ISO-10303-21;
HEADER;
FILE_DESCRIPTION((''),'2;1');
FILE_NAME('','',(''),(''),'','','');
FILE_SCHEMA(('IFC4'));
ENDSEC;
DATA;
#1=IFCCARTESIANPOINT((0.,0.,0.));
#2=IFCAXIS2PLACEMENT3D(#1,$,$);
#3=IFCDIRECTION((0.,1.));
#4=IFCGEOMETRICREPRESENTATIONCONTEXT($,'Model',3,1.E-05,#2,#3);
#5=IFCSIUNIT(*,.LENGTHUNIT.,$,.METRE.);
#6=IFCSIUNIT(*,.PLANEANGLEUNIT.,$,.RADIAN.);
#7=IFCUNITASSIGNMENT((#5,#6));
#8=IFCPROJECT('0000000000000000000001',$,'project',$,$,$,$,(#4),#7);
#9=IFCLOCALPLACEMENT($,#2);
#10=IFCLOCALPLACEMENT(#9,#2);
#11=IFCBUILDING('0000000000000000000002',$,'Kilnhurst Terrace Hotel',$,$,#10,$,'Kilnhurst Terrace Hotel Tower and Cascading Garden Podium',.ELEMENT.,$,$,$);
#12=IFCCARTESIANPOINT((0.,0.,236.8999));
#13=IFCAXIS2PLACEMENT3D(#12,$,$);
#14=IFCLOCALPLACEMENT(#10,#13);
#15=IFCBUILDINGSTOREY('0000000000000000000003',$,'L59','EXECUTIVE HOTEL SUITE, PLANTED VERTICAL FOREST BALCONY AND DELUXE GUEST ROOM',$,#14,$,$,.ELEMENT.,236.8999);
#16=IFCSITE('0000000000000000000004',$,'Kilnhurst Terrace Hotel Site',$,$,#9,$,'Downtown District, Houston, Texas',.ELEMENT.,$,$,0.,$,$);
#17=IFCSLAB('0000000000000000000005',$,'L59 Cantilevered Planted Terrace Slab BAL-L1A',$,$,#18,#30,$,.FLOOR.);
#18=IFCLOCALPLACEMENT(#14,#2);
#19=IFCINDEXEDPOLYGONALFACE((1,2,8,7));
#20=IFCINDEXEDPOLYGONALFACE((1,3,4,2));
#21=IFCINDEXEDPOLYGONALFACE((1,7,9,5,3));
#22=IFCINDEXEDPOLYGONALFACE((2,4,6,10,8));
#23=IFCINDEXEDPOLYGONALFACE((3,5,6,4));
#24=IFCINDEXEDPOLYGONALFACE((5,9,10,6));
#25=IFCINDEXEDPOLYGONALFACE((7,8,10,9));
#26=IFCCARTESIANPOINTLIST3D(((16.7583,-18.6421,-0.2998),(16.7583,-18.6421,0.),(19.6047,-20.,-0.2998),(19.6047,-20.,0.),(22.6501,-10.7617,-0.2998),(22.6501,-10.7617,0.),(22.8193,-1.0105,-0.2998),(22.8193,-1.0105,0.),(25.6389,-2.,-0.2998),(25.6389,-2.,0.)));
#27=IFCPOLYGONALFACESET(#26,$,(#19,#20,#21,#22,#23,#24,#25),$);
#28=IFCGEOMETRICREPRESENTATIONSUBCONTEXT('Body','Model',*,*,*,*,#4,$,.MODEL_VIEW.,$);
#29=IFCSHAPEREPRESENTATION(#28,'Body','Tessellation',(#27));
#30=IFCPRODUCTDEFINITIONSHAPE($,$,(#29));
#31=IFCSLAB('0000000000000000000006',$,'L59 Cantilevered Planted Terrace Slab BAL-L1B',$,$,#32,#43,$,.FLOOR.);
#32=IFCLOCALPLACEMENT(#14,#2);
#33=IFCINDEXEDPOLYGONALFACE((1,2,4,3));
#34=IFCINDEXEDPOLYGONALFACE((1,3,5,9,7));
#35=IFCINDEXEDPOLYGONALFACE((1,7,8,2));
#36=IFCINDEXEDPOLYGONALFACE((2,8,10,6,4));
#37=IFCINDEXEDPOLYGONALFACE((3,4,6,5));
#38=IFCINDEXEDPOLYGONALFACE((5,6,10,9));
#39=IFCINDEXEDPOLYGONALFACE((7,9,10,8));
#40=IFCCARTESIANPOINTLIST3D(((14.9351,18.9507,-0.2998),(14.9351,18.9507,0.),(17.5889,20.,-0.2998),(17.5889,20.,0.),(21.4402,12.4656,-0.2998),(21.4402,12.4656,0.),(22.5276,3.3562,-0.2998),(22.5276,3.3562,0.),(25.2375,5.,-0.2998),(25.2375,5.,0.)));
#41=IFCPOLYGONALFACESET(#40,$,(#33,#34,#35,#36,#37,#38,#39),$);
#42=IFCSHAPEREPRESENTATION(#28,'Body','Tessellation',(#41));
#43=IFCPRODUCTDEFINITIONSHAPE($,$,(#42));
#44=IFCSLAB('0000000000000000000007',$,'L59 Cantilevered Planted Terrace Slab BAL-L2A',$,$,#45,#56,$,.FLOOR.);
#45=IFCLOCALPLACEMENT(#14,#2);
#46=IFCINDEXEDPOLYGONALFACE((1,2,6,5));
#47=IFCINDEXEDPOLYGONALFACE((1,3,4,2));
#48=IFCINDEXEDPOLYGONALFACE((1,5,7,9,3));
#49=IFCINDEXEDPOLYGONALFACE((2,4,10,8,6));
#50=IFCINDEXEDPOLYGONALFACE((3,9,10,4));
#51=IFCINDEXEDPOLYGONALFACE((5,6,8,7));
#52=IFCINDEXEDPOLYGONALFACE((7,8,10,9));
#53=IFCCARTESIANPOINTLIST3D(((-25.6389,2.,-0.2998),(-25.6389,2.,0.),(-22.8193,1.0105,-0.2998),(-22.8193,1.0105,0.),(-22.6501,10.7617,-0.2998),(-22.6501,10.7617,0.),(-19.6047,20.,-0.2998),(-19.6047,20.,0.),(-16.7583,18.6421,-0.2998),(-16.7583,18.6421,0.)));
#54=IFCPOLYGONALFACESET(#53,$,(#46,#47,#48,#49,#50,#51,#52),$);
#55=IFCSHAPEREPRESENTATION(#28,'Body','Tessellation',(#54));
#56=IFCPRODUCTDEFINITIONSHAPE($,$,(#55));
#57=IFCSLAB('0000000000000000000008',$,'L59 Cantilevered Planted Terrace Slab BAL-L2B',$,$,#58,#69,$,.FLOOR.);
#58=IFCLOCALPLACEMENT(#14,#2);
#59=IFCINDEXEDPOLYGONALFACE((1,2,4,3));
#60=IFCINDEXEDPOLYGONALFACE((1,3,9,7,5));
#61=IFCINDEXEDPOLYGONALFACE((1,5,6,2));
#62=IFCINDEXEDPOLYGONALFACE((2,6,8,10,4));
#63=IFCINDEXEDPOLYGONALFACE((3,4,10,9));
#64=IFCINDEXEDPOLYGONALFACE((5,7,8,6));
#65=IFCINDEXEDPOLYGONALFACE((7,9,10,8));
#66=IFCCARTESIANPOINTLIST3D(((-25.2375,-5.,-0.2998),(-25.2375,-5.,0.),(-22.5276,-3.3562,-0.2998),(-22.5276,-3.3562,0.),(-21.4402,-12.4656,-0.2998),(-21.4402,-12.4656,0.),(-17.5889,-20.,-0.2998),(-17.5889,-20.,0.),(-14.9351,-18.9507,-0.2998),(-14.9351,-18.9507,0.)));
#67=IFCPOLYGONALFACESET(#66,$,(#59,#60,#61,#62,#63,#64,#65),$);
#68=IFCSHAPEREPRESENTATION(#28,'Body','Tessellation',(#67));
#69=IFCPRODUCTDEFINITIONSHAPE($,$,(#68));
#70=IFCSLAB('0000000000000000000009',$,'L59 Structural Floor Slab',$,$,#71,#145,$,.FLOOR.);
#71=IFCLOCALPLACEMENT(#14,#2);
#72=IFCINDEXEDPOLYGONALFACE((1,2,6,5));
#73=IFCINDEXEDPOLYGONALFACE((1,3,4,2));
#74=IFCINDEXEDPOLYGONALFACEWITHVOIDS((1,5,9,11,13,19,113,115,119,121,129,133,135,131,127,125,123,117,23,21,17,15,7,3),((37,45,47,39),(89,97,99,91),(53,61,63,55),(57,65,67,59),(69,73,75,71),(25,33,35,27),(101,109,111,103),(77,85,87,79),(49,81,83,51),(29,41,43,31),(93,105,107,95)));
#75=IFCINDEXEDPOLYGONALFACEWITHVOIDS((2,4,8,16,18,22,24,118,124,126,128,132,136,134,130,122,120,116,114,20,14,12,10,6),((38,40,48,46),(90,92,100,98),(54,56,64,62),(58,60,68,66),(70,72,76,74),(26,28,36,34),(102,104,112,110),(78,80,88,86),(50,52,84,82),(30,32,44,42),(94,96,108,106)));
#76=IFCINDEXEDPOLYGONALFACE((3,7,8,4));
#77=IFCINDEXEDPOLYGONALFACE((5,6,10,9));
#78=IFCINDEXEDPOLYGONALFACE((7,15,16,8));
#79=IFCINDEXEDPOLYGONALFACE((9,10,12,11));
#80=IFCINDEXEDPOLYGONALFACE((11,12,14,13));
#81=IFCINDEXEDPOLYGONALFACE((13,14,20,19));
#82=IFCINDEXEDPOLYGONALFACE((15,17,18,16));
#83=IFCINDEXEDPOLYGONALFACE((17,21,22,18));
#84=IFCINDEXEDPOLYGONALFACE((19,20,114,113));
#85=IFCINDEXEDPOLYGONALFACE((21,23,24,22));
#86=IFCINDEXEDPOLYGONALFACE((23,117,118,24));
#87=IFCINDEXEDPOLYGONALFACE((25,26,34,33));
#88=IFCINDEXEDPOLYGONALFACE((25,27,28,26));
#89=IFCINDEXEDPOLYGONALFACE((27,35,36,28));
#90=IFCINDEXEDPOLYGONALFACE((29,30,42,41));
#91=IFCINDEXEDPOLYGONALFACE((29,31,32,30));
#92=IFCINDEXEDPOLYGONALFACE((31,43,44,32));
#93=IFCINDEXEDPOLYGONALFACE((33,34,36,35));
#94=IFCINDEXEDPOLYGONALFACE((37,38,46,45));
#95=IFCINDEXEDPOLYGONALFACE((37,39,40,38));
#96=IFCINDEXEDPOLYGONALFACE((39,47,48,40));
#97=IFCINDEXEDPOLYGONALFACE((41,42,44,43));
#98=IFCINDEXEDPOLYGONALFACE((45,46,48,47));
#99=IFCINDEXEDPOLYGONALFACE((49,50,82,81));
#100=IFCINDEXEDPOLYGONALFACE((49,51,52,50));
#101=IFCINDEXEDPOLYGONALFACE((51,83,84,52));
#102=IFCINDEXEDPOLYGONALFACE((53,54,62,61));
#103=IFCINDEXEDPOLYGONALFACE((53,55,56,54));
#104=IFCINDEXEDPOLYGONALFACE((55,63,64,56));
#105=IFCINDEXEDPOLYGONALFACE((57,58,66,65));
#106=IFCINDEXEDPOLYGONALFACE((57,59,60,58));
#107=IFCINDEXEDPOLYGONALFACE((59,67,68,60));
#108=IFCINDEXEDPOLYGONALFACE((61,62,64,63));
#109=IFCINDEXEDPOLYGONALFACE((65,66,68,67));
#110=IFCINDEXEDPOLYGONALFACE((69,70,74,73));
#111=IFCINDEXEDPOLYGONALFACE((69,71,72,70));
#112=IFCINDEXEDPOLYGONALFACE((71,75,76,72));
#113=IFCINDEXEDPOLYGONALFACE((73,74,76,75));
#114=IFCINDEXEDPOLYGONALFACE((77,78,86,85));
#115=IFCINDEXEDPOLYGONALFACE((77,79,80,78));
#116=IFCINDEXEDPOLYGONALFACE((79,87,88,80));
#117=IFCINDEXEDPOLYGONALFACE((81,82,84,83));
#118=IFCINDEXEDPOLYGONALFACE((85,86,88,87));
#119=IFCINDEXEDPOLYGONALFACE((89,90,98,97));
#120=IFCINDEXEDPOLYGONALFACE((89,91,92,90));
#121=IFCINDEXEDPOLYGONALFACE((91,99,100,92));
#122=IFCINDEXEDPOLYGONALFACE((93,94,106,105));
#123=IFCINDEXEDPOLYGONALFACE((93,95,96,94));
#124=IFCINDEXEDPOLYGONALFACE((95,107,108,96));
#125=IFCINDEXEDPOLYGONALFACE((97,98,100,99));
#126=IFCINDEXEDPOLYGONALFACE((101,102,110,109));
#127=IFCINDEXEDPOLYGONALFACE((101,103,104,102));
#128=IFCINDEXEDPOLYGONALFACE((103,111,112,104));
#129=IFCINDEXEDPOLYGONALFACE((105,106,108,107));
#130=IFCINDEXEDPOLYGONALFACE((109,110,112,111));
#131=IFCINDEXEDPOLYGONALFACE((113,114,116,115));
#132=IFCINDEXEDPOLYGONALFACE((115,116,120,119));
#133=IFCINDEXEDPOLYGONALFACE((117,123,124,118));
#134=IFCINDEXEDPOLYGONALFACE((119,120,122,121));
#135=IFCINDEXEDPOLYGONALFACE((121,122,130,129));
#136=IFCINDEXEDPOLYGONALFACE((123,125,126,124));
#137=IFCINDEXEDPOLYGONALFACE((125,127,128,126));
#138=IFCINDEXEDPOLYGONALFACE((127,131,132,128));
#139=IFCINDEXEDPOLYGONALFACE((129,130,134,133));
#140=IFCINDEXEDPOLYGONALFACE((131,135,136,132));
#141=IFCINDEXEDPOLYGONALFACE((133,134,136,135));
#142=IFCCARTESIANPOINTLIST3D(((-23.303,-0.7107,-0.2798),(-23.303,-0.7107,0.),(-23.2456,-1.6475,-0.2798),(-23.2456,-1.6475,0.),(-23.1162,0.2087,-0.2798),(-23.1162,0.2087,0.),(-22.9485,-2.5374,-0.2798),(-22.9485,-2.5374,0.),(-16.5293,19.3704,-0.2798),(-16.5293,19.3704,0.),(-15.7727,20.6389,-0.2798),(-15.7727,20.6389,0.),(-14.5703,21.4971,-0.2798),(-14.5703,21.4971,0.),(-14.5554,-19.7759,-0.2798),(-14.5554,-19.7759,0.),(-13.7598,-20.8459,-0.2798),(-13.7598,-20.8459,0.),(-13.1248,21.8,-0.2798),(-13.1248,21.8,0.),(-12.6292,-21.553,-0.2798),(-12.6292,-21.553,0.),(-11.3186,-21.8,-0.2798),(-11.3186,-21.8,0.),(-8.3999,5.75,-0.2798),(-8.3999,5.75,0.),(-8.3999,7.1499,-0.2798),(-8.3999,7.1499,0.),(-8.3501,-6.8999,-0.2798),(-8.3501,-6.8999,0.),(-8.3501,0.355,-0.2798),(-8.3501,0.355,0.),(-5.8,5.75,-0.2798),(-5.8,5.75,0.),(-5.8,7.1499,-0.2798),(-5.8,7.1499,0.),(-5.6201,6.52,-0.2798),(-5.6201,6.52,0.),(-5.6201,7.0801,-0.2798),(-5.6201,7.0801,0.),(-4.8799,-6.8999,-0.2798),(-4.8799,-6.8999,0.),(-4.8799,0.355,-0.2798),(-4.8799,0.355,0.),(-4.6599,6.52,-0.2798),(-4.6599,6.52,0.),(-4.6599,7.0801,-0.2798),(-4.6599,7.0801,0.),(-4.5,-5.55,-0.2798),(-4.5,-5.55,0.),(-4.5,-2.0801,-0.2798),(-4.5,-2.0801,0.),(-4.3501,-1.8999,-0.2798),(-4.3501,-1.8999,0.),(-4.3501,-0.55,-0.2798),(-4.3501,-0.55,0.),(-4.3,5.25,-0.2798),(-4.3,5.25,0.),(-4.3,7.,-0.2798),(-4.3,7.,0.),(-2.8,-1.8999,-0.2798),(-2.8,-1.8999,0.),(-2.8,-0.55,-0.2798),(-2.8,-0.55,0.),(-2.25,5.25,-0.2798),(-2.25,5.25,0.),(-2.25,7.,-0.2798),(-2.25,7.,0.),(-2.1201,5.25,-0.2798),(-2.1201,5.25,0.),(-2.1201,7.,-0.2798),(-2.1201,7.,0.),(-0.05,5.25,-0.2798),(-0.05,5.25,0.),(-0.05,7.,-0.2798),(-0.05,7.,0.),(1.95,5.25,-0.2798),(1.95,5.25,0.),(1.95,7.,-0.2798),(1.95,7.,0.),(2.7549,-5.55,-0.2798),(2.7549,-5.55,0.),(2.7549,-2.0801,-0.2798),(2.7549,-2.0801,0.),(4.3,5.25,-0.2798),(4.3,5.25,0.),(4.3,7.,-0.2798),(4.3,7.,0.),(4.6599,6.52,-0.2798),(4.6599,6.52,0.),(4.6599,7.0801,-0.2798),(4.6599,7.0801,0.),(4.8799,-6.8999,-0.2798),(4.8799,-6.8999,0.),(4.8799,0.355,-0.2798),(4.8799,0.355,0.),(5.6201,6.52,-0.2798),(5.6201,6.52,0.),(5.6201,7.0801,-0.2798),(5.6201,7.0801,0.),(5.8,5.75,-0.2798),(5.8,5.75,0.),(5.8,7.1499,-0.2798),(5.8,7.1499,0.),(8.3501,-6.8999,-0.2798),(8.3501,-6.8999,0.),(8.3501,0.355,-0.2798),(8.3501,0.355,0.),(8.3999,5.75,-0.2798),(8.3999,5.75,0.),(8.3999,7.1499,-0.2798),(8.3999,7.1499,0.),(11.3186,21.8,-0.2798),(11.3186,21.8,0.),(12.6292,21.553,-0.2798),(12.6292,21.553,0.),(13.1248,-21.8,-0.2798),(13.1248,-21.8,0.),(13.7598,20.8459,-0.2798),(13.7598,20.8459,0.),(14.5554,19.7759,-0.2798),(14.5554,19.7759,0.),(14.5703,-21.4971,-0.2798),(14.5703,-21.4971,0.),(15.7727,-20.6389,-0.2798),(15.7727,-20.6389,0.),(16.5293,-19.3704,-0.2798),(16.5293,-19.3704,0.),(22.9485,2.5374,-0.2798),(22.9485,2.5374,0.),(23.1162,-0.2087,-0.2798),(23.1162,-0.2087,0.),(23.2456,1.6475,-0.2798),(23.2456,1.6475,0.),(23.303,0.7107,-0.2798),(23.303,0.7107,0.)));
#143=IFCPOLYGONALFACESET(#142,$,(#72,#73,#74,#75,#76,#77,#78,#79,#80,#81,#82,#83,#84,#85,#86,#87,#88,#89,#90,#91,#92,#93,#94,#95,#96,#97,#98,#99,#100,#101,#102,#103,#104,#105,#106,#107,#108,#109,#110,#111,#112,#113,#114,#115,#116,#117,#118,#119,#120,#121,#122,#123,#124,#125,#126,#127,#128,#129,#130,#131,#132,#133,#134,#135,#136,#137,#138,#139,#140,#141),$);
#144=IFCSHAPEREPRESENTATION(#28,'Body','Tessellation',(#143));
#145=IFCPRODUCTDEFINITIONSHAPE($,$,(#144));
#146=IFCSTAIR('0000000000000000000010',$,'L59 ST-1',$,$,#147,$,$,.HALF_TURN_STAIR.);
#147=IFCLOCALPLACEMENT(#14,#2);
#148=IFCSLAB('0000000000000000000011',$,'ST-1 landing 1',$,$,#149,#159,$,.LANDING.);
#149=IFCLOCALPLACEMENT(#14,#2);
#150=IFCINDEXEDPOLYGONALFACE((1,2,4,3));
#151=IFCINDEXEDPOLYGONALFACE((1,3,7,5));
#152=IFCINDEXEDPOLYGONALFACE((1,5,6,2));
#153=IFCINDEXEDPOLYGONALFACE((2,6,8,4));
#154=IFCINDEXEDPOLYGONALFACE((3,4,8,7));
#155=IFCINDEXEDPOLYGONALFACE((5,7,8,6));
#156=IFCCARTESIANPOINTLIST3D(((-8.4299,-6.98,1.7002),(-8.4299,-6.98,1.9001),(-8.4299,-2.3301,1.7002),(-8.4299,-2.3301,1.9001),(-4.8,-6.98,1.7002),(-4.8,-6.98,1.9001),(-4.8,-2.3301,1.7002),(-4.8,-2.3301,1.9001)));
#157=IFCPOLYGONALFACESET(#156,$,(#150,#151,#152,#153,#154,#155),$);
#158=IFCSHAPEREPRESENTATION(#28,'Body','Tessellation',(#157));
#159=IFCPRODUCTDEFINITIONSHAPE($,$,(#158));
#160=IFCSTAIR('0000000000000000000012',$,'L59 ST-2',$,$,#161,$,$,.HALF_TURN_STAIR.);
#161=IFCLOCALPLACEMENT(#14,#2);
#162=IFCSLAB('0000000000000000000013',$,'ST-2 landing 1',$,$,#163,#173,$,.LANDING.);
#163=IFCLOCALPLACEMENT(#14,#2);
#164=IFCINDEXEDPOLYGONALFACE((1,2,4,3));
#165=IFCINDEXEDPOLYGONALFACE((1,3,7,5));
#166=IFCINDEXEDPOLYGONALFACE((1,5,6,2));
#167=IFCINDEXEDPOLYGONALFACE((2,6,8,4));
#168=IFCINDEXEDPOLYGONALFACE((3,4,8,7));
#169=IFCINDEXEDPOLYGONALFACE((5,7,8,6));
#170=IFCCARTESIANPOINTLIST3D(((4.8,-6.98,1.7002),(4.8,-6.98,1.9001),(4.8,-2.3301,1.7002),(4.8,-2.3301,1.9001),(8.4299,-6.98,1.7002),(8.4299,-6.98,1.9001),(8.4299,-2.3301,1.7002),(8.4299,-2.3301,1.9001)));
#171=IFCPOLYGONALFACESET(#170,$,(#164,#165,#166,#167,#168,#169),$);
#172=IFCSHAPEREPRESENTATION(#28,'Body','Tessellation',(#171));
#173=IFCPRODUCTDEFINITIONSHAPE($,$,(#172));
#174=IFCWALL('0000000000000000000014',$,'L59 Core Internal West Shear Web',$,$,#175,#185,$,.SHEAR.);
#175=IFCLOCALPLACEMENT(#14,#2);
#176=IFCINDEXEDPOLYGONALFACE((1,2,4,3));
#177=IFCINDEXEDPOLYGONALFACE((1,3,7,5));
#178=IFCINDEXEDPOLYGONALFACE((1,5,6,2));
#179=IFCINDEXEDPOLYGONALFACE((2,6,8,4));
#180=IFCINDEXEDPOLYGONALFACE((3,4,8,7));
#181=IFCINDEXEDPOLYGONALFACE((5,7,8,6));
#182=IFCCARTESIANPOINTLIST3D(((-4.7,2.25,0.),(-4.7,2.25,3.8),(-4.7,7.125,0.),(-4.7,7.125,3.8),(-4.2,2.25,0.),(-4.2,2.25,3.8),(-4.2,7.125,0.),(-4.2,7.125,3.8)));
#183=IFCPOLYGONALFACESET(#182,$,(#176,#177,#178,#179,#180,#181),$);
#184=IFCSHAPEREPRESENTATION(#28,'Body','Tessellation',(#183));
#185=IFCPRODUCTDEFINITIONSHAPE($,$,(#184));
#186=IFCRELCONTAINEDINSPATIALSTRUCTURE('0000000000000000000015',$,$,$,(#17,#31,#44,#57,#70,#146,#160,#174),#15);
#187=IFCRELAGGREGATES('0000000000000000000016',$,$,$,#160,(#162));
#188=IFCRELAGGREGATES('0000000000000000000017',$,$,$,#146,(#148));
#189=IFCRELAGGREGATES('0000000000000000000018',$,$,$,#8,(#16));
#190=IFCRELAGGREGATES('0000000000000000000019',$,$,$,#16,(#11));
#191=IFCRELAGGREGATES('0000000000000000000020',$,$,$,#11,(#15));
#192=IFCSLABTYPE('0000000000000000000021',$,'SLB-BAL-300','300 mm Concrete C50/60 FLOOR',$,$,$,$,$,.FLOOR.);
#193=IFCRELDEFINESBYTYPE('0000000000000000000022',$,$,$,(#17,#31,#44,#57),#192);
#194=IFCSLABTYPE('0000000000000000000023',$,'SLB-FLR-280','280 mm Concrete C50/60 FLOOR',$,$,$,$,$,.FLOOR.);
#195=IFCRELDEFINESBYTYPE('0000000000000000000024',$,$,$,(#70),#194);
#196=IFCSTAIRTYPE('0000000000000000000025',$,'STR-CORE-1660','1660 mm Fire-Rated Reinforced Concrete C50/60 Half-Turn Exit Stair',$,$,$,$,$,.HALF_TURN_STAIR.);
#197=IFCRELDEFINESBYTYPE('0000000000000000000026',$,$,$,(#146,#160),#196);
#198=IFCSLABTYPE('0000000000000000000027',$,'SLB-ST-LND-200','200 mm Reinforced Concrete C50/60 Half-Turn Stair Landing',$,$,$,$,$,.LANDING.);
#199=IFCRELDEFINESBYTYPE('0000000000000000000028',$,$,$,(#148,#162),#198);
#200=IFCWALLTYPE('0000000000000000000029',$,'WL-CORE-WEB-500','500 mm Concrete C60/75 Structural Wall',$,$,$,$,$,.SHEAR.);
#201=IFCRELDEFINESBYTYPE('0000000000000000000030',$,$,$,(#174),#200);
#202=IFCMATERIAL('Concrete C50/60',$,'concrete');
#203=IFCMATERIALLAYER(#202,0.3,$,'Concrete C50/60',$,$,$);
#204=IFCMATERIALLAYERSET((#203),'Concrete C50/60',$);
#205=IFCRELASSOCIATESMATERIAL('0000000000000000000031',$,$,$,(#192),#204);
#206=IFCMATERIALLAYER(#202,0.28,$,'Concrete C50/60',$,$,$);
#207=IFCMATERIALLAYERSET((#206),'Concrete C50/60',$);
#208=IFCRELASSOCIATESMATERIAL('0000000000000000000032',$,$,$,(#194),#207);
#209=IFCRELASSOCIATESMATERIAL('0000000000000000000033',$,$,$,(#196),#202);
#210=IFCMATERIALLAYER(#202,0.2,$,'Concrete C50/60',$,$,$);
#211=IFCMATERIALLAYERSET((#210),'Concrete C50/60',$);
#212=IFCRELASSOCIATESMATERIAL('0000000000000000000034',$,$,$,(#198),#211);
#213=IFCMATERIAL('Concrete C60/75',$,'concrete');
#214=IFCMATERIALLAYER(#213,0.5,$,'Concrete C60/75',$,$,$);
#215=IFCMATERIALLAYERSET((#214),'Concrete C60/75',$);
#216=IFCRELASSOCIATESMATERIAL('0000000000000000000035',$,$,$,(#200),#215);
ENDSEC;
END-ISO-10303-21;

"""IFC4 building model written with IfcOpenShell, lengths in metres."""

from ifc_helpers import new_model, si_unit, direction, frame, frame_2d, origin, place, context, subcontext, project, spatial, polyline, rectangle, outline, extrude, material, layer, layer_set, type_object, element, aggregate, save


model = new_model("IFC4")

# Units and contexts
model_context = context("Model", 3, precision=1e-05, world=origin(), true_north=direction((0.0, 1.0)))
body_context = subcontext(model_context, "Body", "Model", "MODEL_VIEW")
ifc_project = project(units=[si_unit("LENGTHUNIT", "METRE"), si_unit("PLANEANGLEUNIT", "RADIAN")], contexts=[model_context])

# Site, building, storey
site_placement = place(None, origin())
site = spatial("IfcSite", under=ifc_project, at=site_placement, Name="Kilnhurst Terrace Hotel Site", LongName="Downtown District, Houston, Texas", CompositionType="ELEMENT", RefElevation=0.0)
building_placement = place(site_placement, origin())
building = spatial("IfcBuilding", under=site, at=building_placement, Name="Kilnhurst Terrace Hotel", LongName="Kilnhurst Terrace Hotel Tower and Cascading Garden Podium", CompositionType="ELEMENT")
storey_placement = place(building_placement, frame((0.0, 0.0, 236.8999)))
storey = spatial("IfcBuildingStorey", under=building, at=storey_placement, Name="L59", Description="EXECUTIVE HOTEL SUITE, PLANTED VERTICAL FOREST BALCONY AND DELUXE GUEST ROOM", CompositionType="ELEMENT", Elevation=236.8999)

# Slabs
ifc_material_1 = material(Name="Concrete C50/60", Category="concrete")
ifc_layer_1 = layer(ifc_material_1, 0.3, Name="Concrete C50/60")
ifc_layer_set_1 = layer_set([ifc_layer_1], Name="Concrete C50/60")
slab_type_1 = type_object("IfcSlabType", Name="SLB-BAL-300", Description="300 mm Concrete C50/60 FLOOR", PredefinedType="FLOOR", material=ifc_layer_set_1)
slab_1_placement = place(storey_placement, frame((0.0, 0.0, -0.2998)))
element("IfcSlab", 1, at=slab_1_placement, inside=storey, type_object=slab_type_1, Name="L59 Cantilevered Planted Terrace Slab BAL-L1A", PredefinedType="FLOOR", context=body_context, shape_type="SweptSolid", body=[
    extrude(outline(polyline([(22.6501, -10.7617), (19.6047, -20.0), (16.7583, -18.6421), (22.8193, -1.0105), (25.6389, -2.0), (22.6501, -10.7617)])), origin(), (0.0, 0.0, 1.0), 0.2998),
])
slab_2_placement = place(storey_placement, frame((0.0, 0.0, -0.2998)))
element("IfcSlab", 2, at=slab_2_placement, inside=storey, type_object=slab_type_1, Name="L59 Cantilevered Planted Terrace Slab BAL-L1B", PredefinedType="FLOOR", context=body_context, shape_type="SweptSolid", body=[
    extrude(outline(polyline([(25.2375, 5.0), (22.5276, 3.3562), (14.9351, 18.9507), (17.5889, 20.0), (21.4402, 12.4656), (25.2375, 5.0)])), origin(), (0.0, 0.0, 1.0), 0.2998),
])
slab_3_placement = place(storey_placement, frame((0.0, 0.0, -0.2998)))
element("IfcSlab", 3, at=slab_3_placement, inside=storey, type_object=slab_type_1, Name="L59 Cantilevered Planted Terrace Slab BAL-L2A", PredefinedType="FLOOR", context=body_context, shape_type="SweptSolid", body=[
    extrude(outline(polyline([(-19.6047, 20.0), (-16.7583, 18.6421), (-22.8193, 1.0105), (-25.6389, 2.0), (-22.6501, 10.7617), (-19.6047, 20.0)])), origin(), (0.0, 0.0, 1.0), 0.2998),
])
slab_4_placement = place(storey_placement, frame((0.0, 0.0, -0.2998)))
element("IfcSlab", 4, at=slab_4_placement, inside=storey, type_object=slab_type_1, Name="L59 Cantilevered Planted Terrace Slab BAL-L2B", PredefinedType="FLOOR", context=body_context, shape_type="SweptSolid", body=[
    extrude(outline(polyline([(-25.2375, -5.0), (-22.5276, -3.3562), (-14.9351, -18.9507), (-17.5889, -20.0), (-21.4402, -12.4656), (-25.2375, -5.0)])), origin(), (0.0, 0.0, 1.0), 0.2998),
])
ifc_layer_2 = layer(ifc_material_1, 0.28, Name="Concrete C50/60")
ifc_layer_set_2 = layer_set([ifc_layer_2], Name="Concrete C50/60")
slab_type_2 = type_object("IfcSlabType", Name="SLB-FLR-280", Description="280 mm Concrete C50/60 FLOOR", PredefinedType="FLOOR", material=ifc_layer_set_2)
slab_5_placement = place(storey_placement, frame((0.0, 0.0, -0.2798)))
element("IfcSlab", 5, at=slab_5_placement, inside=storey, type_object=slab_type_2, Name="L59 Structural Floor Slab", PredefinedType="FLOOR", context=body_context, shape_type="SweptSolid", body=[
    extrude(outline(polyline([(-14.5554, -19.7759), (-13.7598, -20.8459), (-12.6292, -21.553), (-11.3186, -21.8), (13.1248, -21.8), (14.5703, -21.4971), (15.7727, -20.6389), (16.5293, -19.3704), (23.1162, -0.2087), (23.303, 0.7107), (23.2456, 1.6475), (22.9485, 2.5374), (14.5554, 19.7759), (13.7598, 20.8459), (12.6292, 21.553), (11.3186, 21.8), (-13.1248, 21.8), (-14.5703, 21.4971), (-15.7727, 20.6389), (-16.5293, 19.3704), (-23.1162, 0.2087), (-23.303, -0.7107), (-23.2456, -1.6475), (-22.9485, -2.5374), (-14.5554, -19.7759)]), holes=[polyline([(-8.3501, 0.355), (-4.8799, 0.355), (-4.8799, -6.8999), (-8.3501, -6.8999), (-8.3501, 0.355)]), polyline([(-2.8, -1.8999), (-4.3501, -1.8999), (-4.3501, -0.55), (-2.8, -0.55), (-2.8, -1.8999)]), polyline([(-2.25, 5.25), (-4.3, 5.25), (-4.3, 7.0), (-2.25, 7.0), (-2.25, 5.25)]), polyline([(-2.1201, 5.25), (-2.1201, 7.0), (-0.05, 7.0), (-0.05, 5.25), (-2.1201, 5.25)]), polyline([(-8.3999, 5.75), (-8.3999, 7.1499), (-5.8, 7.1499), (-5.8, 5.75), (-8.3999, 5.75)]), polyline([(-4.6599, 6.52), (-5.6201, 6.52), (-5.6201, 7.0801), (-4.6599, 7.0801), (-4.6599, 6.52)]), polyline([(2.7549, -5.55), (-4.5, -5.55), (-4.5, -2.0801), (2.7549, -2.0801), (2.7549, -5.55)]), polyline([(8.3501, 0.355), (8.3501, -6.8999), (4.8799, -6.8999), (4.8799, 0.355), (8.3501, 0.355)]), polyline([(4.3, 5.25), (1.95, 5.25), (1.95, 7.0), (4.3, 7.0), (4.3, 5.25)]), polyline([(5.8, 5.75), (5.8, 7.1499), (8.3999, 7.1499), (8.3999, 5.75), (5.8, 5.75)]), polyline([(4.6599, 6.52), (4.6599, 7.0801), (5.6201, 7.0801), (5.6201, 6.52), (4.6599, 6.52)])]), origin(), (0.0, 0.0, 1.0), 0.2798),
])

# Stairs, slabs
stair_type = type_object("IfcStairType", Name="STR-CORE-1660", Description="1660 mm Fire-Rated Reinforced Concrete C50/60 Half-Turn Exit Stair", PredefinedType="HALF_TURN_STAIR", material=ifc_material_1)
stair_1_placement = place(storey_placement, origin())
stair_1 = element("IfcStair", 6, at=stair_1_placement, inside=storey, type_object=stair_type, Name="L59 ST-1", PredefinedType="HALF_TURN_STAIR")
ifc_layer_3 = layer(ifc_material_1, 0.2, Name="Concrete C50/60")
ifc_layer_set_3 = layer_set([ifc_layer_3], Name="Concrete C50/60")
slab_type_3 = type_object("IfcSlabType", Name="SLB-ST-LND-200", Description="200 mm Reinforced Concrete C50/60 Half-Turn Stair Landing", PredefinedType="LANDING", material=ifc_layer_set_3)
slab_6_placement = place(storey_placement, frame((0.0, 0.0, 1.7002)))
slab_6 = element("IfcSlab", 7, at=slab_6_placement, type_object=slab_type_3, Name="ST-1 landing 1", PredefinedType="LANDING", context=body_context, shape_type="SweptSolid", body=[
    extrude(outline(polyline([(-8.4299, -2.3301), (-4.8, -2.3301), (-4.8, -6.98), (-8.4299, -6.98), (-8.4299, -2.3301)])), origin(), (0.0, 0.0, 1.0), 0.2),
])
stair_2_placement = place(storey_placement, origin())
stair_2 = element("IfcStair", 8, at=stair_2_placement, inside=storey, type_object=stair_type, Name="L59 ST-2", PredefinedType="HALF_TURN_STAIR")
slab_7_placement = place(storey_placement, frame((0.0, 0.0, 1.7002)))
slab_7 = element("IfcSlab", 9, at=slab_7_placement, type_object=slab_type_3, Name="ST-2 landing 1", PredefinedType="LANDING", context=body_context, shape_type="SweptSolid", body=[
    extrude(outline(polyline([(4.8, -2.3301), (8.4299, -2.3301), (8.4299, -6.98), (4.8, -6.98), (4.8, -2.3301)])), origin(), (0.0, 0.0, 1.0), 0.2),
])
aggregate(stair_2, [slab_7])

# Wall
ifc_material_2 = material(Name="Concrete C60/75", Category="concrete")
ifc_layer_4 = layer(ifc_material_2, 0.5, Name="Concrete C60/75")
ifc_layer_set_4 = layer_set([ifc_layer_4], Name="Concrete C60/75")
wall_type_1 = type_object("IfcWallType", Name="WL-CORE-WEB-500", Description="500 mm Concrete C60/75 Structural Wall", PredefinedType="SHEAR", material=ifc_layer_set_4)
wall_1_placement = place(storey_placement, frame((-4.45, 2.25, 0.0), z_axis=(0.0, 0.0, 1.0), x_axis=(0.0, 1.0, 0.0)))
element("IfcWall", 10, at=wall_1_placement, inside=storey, type_object=wall_type_1, Name="L59 Core Internal West Shear Web", PredefinedType="SHEAR", context=body_context, shape_type="SweptSolid", body=[
    extrude(rectangle(XDim=4.875, YDim=0.5, at=frame_2d((2.4375, 0.0))), origin(), (0.0, 0.0, 1.0), 3.8),
])

aggregate(stair_1, [slab_6])

save(model, "model.ifc")
